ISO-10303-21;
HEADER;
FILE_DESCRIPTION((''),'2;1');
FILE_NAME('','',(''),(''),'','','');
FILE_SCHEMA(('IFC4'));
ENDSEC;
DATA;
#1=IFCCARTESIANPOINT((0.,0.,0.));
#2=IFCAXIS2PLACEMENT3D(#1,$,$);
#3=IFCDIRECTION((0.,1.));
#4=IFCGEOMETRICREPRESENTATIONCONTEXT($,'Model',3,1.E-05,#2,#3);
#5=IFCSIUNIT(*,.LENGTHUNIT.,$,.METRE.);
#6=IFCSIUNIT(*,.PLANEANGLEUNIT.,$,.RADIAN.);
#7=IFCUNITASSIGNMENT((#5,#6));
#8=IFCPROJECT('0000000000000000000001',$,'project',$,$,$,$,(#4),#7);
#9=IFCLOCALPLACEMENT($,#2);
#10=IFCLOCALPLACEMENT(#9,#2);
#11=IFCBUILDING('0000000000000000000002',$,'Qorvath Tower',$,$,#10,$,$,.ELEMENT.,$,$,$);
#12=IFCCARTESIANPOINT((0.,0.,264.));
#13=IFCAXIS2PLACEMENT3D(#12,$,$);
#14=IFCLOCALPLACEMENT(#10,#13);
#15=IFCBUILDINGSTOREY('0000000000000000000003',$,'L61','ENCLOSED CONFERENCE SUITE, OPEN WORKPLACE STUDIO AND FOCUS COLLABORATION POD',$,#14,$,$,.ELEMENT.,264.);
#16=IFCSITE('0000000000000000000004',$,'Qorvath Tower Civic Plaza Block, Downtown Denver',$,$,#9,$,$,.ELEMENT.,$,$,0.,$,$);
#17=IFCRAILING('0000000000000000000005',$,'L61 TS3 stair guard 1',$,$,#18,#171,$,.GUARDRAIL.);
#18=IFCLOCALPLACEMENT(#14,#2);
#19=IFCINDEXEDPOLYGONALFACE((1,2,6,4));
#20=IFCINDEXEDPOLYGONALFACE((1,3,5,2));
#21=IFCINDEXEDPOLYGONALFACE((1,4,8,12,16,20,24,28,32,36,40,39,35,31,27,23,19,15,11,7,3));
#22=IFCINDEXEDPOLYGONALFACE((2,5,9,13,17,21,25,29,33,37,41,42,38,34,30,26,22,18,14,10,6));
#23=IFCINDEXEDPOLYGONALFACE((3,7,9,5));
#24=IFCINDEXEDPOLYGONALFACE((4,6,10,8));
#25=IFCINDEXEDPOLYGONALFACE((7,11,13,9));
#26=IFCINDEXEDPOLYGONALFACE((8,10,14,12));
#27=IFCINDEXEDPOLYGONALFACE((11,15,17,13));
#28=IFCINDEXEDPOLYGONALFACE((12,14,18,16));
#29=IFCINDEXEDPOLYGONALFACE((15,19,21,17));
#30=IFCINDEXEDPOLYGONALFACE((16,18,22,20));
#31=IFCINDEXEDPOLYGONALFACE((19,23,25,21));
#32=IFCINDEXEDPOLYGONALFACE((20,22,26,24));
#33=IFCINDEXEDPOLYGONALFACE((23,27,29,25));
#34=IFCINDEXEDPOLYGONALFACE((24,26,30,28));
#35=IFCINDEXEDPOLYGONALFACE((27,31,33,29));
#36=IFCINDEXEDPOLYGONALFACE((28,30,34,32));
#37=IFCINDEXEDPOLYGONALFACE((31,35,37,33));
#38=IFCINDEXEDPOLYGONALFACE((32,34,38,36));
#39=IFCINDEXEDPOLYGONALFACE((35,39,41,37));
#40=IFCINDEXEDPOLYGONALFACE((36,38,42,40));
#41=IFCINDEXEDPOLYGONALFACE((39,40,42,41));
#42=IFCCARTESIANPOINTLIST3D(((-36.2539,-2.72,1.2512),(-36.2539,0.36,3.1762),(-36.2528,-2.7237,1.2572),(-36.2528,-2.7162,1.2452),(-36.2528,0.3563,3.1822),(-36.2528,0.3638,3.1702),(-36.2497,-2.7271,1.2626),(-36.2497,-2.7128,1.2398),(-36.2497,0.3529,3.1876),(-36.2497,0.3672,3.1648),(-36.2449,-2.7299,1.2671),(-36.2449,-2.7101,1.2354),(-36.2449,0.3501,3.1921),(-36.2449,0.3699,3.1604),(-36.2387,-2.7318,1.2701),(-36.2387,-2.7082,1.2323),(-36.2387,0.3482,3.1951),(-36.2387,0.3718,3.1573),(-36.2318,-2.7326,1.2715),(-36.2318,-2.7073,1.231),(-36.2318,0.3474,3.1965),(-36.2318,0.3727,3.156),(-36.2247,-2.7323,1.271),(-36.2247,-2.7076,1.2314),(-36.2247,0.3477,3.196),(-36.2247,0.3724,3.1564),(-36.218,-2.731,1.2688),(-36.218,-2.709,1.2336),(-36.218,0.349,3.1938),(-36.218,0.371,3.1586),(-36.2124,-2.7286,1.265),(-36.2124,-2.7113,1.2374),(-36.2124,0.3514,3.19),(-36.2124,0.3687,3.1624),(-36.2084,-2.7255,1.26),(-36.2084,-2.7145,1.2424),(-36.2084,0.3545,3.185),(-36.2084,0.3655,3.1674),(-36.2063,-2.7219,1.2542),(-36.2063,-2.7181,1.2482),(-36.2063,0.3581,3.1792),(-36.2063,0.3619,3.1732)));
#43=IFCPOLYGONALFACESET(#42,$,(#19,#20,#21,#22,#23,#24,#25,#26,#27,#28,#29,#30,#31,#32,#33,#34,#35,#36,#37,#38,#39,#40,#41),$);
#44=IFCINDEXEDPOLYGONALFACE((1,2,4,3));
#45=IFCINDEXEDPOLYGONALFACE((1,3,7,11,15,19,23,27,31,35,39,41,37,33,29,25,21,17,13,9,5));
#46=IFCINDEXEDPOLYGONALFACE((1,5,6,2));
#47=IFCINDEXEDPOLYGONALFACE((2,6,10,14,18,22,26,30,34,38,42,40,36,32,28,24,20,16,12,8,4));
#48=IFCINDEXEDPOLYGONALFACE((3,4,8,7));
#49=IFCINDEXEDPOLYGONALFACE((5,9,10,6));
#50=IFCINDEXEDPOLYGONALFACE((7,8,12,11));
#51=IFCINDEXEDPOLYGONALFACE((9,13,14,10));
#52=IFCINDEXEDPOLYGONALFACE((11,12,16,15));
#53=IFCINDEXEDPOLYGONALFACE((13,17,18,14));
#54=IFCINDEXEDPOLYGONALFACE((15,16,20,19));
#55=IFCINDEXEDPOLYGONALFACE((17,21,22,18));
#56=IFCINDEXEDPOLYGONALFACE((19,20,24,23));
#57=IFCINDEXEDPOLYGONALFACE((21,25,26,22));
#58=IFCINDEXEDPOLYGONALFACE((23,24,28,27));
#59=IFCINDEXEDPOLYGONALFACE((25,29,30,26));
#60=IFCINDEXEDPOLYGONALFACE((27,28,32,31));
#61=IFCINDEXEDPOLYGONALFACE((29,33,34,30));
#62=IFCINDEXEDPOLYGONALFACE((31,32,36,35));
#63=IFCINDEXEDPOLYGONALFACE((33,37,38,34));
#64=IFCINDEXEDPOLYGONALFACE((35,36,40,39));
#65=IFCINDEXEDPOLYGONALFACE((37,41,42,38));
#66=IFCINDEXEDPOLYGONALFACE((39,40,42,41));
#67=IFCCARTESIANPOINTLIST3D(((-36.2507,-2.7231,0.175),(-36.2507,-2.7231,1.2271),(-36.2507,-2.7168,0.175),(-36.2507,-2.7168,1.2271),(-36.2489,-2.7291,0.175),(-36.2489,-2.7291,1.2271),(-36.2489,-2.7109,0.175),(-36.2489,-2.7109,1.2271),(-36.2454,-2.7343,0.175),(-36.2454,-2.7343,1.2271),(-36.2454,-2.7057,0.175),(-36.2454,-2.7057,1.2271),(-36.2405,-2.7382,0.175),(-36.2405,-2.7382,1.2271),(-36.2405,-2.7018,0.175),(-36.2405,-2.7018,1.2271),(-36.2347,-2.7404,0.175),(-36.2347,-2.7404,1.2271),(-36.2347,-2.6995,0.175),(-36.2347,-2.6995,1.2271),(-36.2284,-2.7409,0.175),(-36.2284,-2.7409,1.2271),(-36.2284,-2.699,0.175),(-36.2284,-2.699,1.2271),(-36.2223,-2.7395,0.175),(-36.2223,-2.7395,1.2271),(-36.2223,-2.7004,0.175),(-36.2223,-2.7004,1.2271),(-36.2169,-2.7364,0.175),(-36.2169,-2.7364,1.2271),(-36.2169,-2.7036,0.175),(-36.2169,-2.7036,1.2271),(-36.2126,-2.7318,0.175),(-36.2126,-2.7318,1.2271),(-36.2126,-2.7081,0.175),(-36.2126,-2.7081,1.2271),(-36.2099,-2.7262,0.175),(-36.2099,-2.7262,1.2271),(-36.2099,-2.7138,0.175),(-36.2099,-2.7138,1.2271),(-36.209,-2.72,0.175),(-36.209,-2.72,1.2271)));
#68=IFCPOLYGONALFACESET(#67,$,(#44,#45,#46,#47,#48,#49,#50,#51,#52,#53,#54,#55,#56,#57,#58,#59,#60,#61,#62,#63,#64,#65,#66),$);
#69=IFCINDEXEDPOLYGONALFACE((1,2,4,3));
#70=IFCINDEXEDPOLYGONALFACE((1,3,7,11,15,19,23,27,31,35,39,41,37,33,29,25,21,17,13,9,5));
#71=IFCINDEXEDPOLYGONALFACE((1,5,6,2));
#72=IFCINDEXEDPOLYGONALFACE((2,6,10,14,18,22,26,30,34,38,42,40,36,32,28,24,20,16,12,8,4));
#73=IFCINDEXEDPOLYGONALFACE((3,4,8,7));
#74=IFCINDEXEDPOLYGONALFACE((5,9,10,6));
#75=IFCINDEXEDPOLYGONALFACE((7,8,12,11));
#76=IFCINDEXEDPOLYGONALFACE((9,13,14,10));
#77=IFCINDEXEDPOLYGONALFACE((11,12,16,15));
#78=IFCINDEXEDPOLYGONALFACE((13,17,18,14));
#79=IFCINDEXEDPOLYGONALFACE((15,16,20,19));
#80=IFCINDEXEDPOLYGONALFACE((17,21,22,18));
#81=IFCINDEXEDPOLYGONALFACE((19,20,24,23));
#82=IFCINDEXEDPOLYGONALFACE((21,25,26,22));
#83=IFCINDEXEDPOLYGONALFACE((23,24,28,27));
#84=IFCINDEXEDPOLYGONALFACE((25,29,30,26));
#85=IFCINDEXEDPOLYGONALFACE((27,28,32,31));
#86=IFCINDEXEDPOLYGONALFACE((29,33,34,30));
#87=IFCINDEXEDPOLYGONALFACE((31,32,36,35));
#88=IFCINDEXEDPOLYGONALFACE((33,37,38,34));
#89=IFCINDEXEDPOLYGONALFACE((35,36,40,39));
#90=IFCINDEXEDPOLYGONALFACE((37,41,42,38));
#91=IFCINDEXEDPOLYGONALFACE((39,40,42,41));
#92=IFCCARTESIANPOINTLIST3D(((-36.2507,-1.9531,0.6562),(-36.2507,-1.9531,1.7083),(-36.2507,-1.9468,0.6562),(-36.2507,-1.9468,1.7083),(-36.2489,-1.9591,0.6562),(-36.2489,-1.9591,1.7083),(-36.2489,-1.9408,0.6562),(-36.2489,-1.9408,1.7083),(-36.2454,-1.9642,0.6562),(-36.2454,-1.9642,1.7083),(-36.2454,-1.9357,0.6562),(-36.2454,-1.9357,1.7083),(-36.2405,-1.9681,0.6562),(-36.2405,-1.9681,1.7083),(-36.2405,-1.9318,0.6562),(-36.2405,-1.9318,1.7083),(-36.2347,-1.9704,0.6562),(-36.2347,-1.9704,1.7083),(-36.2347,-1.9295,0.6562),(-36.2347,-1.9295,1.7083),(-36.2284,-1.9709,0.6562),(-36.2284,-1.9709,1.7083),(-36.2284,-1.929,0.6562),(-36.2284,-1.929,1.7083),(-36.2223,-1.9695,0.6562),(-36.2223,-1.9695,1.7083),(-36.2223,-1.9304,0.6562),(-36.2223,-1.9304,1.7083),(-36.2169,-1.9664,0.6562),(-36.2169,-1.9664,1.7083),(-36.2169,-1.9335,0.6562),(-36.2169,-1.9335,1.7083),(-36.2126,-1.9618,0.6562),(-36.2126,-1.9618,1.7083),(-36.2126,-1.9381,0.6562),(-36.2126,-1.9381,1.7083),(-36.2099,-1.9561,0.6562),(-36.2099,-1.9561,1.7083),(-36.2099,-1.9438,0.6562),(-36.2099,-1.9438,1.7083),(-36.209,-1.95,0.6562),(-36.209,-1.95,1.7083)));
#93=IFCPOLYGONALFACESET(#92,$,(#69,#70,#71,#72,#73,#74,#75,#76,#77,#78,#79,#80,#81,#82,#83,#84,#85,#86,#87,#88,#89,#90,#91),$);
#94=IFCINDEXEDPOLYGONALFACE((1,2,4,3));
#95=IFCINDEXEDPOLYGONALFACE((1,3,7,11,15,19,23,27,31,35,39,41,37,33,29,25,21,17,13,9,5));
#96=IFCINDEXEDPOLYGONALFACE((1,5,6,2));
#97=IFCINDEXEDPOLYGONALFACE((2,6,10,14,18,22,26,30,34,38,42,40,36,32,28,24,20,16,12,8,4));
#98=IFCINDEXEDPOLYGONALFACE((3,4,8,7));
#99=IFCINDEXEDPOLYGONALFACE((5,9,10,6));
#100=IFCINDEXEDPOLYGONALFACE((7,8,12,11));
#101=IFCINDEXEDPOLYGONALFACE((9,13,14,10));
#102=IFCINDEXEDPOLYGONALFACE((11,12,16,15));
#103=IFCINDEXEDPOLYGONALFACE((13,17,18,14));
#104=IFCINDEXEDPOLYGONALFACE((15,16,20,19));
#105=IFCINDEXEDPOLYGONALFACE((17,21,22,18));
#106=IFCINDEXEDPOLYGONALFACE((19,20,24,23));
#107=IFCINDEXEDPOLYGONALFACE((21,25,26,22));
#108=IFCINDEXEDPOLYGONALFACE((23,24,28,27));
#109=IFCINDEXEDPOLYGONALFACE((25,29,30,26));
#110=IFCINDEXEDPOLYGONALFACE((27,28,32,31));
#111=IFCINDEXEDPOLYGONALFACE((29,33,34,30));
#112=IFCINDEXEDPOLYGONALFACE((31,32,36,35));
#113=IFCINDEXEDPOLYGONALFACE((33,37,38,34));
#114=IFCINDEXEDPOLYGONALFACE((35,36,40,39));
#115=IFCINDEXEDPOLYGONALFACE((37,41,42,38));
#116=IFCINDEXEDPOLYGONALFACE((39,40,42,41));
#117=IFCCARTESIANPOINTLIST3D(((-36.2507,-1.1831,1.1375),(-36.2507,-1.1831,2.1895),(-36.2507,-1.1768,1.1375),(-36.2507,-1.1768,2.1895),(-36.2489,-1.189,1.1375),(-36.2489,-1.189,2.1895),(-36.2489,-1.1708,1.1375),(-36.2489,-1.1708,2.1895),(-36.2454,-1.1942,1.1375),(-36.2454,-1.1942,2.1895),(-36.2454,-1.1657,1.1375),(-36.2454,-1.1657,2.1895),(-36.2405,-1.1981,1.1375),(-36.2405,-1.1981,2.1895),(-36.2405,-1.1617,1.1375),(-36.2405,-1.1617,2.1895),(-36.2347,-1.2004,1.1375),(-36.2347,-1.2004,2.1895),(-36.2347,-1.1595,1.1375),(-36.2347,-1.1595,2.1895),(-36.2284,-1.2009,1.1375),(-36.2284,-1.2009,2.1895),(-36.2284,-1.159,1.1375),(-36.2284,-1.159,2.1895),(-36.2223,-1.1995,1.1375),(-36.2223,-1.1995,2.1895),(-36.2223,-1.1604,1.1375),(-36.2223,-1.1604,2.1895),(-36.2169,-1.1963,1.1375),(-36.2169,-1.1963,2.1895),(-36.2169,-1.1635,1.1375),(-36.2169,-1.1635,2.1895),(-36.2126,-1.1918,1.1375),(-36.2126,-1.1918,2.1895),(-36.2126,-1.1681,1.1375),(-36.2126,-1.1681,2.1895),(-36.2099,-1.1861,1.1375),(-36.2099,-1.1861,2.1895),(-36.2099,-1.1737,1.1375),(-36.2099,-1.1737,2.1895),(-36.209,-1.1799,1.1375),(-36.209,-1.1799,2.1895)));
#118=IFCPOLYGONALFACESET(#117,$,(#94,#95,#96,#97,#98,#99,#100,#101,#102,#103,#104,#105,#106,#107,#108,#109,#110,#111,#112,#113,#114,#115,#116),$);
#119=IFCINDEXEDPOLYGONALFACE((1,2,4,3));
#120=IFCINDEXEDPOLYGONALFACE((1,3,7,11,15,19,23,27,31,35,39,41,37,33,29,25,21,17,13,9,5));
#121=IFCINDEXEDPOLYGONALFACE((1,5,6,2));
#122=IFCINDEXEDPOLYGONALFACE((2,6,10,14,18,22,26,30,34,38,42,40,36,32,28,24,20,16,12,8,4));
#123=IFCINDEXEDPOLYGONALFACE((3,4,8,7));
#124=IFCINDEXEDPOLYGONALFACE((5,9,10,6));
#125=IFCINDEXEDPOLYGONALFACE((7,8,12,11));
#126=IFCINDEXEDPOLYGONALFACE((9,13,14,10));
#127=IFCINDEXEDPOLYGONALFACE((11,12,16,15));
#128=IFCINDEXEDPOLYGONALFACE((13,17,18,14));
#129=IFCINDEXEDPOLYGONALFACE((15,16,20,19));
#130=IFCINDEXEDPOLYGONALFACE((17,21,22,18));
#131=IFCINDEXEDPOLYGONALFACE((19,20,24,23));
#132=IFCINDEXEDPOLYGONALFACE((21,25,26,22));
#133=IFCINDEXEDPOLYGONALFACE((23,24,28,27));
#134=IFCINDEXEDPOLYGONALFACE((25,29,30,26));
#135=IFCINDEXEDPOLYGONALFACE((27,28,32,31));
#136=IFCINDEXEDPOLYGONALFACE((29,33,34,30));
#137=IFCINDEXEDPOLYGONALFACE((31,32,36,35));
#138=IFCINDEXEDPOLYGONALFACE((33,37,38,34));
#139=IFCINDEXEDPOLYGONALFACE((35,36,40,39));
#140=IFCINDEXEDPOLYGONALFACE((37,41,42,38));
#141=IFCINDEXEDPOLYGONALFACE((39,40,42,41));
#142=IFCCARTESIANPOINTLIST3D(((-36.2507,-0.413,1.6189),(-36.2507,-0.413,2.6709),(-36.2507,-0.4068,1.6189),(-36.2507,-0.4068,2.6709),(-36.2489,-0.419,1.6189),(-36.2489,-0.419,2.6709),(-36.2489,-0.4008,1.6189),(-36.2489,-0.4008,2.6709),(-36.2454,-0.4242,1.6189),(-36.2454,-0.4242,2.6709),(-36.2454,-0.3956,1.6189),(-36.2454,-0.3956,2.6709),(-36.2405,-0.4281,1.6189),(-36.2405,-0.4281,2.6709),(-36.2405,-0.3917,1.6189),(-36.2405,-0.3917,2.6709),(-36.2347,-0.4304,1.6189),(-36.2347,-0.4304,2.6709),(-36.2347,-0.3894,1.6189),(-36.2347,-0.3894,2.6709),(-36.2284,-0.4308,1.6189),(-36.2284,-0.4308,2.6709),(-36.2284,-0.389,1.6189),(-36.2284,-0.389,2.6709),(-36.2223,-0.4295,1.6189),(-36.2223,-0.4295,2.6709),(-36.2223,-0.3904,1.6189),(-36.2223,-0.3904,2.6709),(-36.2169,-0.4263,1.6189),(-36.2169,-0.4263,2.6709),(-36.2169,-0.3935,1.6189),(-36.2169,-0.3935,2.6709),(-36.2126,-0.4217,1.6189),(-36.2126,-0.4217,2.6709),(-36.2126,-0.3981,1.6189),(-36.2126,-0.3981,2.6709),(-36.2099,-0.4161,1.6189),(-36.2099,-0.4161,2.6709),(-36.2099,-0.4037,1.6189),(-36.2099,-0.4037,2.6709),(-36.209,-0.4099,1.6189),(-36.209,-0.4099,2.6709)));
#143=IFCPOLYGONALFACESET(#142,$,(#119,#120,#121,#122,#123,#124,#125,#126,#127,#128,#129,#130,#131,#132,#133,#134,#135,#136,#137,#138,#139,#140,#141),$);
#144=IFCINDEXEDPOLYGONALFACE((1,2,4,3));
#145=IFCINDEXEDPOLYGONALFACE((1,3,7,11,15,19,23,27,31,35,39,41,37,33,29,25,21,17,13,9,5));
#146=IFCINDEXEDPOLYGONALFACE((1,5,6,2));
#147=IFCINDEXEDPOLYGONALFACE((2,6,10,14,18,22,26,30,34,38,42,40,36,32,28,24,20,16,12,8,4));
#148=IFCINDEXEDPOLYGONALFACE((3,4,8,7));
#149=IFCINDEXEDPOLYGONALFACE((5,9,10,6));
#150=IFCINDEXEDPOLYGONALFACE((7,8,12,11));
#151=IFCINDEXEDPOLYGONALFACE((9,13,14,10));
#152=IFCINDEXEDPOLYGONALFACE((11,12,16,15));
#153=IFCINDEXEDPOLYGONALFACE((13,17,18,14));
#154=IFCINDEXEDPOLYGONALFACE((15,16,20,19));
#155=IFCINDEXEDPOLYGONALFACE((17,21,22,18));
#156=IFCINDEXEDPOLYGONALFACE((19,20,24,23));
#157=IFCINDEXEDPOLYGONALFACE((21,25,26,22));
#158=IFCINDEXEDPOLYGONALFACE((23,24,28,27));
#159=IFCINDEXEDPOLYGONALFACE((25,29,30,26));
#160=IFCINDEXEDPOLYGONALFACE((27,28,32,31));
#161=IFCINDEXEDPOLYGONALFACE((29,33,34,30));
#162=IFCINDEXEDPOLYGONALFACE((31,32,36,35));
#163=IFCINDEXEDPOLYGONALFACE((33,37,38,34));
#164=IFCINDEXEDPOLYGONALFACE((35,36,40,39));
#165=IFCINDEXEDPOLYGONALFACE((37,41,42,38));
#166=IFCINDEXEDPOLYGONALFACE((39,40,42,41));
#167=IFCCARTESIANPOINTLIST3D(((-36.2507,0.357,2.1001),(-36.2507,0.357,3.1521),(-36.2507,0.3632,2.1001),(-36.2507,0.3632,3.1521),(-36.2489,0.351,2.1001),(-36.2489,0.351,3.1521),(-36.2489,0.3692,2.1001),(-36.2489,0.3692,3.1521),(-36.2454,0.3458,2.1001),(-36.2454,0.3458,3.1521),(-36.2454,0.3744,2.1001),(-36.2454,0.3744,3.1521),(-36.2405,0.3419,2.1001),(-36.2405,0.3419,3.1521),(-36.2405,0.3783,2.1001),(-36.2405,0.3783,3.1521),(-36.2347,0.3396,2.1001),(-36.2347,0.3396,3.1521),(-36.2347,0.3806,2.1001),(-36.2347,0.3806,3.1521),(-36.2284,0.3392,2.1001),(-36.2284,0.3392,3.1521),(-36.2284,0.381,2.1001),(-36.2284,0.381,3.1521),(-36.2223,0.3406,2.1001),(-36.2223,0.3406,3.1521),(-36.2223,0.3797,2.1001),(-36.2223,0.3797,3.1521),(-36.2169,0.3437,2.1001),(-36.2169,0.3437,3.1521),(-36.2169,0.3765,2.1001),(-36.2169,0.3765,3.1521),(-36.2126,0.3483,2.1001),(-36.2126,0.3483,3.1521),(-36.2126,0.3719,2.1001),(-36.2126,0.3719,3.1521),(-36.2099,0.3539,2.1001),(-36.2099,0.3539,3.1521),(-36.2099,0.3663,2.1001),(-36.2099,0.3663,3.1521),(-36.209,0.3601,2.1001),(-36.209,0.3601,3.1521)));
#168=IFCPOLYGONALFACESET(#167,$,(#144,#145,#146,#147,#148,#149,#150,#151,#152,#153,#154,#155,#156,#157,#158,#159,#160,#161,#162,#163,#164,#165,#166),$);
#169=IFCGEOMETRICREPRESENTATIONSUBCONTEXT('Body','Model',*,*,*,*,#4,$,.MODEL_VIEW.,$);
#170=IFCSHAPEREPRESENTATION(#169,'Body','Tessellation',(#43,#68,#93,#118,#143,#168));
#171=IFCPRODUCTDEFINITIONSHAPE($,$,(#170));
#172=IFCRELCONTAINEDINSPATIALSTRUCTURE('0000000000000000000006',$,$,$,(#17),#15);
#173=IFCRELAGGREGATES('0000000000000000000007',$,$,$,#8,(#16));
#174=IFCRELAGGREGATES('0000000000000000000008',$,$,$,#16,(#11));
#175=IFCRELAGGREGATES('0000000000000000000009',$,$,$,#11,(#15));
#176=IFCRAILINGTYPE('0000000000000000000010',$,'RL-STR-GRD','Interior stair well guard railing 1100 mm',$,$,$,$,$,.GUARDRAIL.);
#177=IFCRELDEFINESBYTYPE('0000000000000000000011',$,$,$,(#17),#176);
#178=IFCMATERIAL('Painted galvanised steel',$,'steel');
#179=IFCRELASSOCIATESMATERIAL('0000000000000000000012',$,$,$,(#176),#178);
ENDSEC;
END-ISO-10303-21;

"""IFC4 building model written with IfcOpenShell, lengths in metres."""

from ifc_helpers import new_model, si_unit, direction, frame, origin, origin_2d, place, context, subcontext, project, spatial, circle, extrude, material, type_object, element, save


model = new_model("IFC4")

# Units and contexts
model_context = context("Model", 3, precision=1e-05, world=origin(), true_north=direction((0.0, 1.0)))
body_context = subcontext(model_context, "Body", "Model", "MODEL_VIEW")
ifc_project = project(units=[si_unit("LENGTHUNIT", "METRE"), si_unit("PLANEANGLEUNIT", "RADIAN")], contexts=[model_context])

# Site, building, storey
site_placement = place(None, origin())
site = spatial("IfcSite", under=ifc_project, at=site_placement, Name="Qorvath Tower Civic Plaza Block, Downtown Denver", CompositionType="ELEMENT", RefElevation=0.0)
building_placement = place(site_placement, origin())
building = spatial("IfcBuilding", under=site, at=building_placement, Name="Qorvath Tower", CompositionType="ELEMENT")
storey_placement = place(building_placement, frame((0.0, 0.0, 264.0)))
storey = spatial("IfcBuildingStorey", under=building, at=storey_placement, Name="L61", Description="ENCLOSED CONFERENCE SUITE, OPEN WORKPLACE STUDIO AND FOCUS COLLABORATION POD", CompositionType="ELEMENT", Elevation=264.0)

# Railing
ifc_material_1 = material(Name="Painted galvanised steel", Category="steel")
railing_type_1 = type_object("IfcRailingType", Name="RL-STR-GRD", Description="Interior stair well guard railing 1100 mm", PredefinedType="GUARDRAIL", material=ifc_material_1)
railing_1_placement = place(storey_placement, frame((-36.23, -2.72, 0.175)))
element("IfcRailing", 1, at=railing_1_placement, inside=storey, type_object=railing_type_1, Name="L61 TS3 stair guard 1", PredefinedType="GUARDRAIL", context=body_context, shape_type="SweptSolid", body=[
    extrude(circle(Radius=0.0239, at=origin_2d()), frame((0.0, 0.0, 1.0762), z_axis=(0.0, 0.847998, 0.529999), x_axis=(-1.0, 0.0, 0.0)), (0.0, 0.0, 1.0), 3.6321),
    extrude(circle(Radius=0.021, at=origin_2d()), origin(), (0.0, 0.0, 1.0), 1.052),
    extrude(circle(Radius=0.021, at=origin_2d()), frame((0.0, 0.77, 0.4812)), (0.0, 0.0, 1.0), 1.052),
    extrude(circle(Radius=0.021, at=origin_2d()), frame((0.0, 1.54, 0.9624)), (0.0, 0.0, 1.0), 1.052),
    extrude(circle(Radius=0.021, at=origin_2d()), frame((0.0, 2.3101, 1.4438)), (0.0, 0.0, 1.0), 1.052),
    extrude(circle(Radius=0.021, at=origin_2d()), frame((0.0, 3.0801, 1.925)), (0.0, 0.0, 1.0), 1.052),
])

save(model, "model.ifc")
